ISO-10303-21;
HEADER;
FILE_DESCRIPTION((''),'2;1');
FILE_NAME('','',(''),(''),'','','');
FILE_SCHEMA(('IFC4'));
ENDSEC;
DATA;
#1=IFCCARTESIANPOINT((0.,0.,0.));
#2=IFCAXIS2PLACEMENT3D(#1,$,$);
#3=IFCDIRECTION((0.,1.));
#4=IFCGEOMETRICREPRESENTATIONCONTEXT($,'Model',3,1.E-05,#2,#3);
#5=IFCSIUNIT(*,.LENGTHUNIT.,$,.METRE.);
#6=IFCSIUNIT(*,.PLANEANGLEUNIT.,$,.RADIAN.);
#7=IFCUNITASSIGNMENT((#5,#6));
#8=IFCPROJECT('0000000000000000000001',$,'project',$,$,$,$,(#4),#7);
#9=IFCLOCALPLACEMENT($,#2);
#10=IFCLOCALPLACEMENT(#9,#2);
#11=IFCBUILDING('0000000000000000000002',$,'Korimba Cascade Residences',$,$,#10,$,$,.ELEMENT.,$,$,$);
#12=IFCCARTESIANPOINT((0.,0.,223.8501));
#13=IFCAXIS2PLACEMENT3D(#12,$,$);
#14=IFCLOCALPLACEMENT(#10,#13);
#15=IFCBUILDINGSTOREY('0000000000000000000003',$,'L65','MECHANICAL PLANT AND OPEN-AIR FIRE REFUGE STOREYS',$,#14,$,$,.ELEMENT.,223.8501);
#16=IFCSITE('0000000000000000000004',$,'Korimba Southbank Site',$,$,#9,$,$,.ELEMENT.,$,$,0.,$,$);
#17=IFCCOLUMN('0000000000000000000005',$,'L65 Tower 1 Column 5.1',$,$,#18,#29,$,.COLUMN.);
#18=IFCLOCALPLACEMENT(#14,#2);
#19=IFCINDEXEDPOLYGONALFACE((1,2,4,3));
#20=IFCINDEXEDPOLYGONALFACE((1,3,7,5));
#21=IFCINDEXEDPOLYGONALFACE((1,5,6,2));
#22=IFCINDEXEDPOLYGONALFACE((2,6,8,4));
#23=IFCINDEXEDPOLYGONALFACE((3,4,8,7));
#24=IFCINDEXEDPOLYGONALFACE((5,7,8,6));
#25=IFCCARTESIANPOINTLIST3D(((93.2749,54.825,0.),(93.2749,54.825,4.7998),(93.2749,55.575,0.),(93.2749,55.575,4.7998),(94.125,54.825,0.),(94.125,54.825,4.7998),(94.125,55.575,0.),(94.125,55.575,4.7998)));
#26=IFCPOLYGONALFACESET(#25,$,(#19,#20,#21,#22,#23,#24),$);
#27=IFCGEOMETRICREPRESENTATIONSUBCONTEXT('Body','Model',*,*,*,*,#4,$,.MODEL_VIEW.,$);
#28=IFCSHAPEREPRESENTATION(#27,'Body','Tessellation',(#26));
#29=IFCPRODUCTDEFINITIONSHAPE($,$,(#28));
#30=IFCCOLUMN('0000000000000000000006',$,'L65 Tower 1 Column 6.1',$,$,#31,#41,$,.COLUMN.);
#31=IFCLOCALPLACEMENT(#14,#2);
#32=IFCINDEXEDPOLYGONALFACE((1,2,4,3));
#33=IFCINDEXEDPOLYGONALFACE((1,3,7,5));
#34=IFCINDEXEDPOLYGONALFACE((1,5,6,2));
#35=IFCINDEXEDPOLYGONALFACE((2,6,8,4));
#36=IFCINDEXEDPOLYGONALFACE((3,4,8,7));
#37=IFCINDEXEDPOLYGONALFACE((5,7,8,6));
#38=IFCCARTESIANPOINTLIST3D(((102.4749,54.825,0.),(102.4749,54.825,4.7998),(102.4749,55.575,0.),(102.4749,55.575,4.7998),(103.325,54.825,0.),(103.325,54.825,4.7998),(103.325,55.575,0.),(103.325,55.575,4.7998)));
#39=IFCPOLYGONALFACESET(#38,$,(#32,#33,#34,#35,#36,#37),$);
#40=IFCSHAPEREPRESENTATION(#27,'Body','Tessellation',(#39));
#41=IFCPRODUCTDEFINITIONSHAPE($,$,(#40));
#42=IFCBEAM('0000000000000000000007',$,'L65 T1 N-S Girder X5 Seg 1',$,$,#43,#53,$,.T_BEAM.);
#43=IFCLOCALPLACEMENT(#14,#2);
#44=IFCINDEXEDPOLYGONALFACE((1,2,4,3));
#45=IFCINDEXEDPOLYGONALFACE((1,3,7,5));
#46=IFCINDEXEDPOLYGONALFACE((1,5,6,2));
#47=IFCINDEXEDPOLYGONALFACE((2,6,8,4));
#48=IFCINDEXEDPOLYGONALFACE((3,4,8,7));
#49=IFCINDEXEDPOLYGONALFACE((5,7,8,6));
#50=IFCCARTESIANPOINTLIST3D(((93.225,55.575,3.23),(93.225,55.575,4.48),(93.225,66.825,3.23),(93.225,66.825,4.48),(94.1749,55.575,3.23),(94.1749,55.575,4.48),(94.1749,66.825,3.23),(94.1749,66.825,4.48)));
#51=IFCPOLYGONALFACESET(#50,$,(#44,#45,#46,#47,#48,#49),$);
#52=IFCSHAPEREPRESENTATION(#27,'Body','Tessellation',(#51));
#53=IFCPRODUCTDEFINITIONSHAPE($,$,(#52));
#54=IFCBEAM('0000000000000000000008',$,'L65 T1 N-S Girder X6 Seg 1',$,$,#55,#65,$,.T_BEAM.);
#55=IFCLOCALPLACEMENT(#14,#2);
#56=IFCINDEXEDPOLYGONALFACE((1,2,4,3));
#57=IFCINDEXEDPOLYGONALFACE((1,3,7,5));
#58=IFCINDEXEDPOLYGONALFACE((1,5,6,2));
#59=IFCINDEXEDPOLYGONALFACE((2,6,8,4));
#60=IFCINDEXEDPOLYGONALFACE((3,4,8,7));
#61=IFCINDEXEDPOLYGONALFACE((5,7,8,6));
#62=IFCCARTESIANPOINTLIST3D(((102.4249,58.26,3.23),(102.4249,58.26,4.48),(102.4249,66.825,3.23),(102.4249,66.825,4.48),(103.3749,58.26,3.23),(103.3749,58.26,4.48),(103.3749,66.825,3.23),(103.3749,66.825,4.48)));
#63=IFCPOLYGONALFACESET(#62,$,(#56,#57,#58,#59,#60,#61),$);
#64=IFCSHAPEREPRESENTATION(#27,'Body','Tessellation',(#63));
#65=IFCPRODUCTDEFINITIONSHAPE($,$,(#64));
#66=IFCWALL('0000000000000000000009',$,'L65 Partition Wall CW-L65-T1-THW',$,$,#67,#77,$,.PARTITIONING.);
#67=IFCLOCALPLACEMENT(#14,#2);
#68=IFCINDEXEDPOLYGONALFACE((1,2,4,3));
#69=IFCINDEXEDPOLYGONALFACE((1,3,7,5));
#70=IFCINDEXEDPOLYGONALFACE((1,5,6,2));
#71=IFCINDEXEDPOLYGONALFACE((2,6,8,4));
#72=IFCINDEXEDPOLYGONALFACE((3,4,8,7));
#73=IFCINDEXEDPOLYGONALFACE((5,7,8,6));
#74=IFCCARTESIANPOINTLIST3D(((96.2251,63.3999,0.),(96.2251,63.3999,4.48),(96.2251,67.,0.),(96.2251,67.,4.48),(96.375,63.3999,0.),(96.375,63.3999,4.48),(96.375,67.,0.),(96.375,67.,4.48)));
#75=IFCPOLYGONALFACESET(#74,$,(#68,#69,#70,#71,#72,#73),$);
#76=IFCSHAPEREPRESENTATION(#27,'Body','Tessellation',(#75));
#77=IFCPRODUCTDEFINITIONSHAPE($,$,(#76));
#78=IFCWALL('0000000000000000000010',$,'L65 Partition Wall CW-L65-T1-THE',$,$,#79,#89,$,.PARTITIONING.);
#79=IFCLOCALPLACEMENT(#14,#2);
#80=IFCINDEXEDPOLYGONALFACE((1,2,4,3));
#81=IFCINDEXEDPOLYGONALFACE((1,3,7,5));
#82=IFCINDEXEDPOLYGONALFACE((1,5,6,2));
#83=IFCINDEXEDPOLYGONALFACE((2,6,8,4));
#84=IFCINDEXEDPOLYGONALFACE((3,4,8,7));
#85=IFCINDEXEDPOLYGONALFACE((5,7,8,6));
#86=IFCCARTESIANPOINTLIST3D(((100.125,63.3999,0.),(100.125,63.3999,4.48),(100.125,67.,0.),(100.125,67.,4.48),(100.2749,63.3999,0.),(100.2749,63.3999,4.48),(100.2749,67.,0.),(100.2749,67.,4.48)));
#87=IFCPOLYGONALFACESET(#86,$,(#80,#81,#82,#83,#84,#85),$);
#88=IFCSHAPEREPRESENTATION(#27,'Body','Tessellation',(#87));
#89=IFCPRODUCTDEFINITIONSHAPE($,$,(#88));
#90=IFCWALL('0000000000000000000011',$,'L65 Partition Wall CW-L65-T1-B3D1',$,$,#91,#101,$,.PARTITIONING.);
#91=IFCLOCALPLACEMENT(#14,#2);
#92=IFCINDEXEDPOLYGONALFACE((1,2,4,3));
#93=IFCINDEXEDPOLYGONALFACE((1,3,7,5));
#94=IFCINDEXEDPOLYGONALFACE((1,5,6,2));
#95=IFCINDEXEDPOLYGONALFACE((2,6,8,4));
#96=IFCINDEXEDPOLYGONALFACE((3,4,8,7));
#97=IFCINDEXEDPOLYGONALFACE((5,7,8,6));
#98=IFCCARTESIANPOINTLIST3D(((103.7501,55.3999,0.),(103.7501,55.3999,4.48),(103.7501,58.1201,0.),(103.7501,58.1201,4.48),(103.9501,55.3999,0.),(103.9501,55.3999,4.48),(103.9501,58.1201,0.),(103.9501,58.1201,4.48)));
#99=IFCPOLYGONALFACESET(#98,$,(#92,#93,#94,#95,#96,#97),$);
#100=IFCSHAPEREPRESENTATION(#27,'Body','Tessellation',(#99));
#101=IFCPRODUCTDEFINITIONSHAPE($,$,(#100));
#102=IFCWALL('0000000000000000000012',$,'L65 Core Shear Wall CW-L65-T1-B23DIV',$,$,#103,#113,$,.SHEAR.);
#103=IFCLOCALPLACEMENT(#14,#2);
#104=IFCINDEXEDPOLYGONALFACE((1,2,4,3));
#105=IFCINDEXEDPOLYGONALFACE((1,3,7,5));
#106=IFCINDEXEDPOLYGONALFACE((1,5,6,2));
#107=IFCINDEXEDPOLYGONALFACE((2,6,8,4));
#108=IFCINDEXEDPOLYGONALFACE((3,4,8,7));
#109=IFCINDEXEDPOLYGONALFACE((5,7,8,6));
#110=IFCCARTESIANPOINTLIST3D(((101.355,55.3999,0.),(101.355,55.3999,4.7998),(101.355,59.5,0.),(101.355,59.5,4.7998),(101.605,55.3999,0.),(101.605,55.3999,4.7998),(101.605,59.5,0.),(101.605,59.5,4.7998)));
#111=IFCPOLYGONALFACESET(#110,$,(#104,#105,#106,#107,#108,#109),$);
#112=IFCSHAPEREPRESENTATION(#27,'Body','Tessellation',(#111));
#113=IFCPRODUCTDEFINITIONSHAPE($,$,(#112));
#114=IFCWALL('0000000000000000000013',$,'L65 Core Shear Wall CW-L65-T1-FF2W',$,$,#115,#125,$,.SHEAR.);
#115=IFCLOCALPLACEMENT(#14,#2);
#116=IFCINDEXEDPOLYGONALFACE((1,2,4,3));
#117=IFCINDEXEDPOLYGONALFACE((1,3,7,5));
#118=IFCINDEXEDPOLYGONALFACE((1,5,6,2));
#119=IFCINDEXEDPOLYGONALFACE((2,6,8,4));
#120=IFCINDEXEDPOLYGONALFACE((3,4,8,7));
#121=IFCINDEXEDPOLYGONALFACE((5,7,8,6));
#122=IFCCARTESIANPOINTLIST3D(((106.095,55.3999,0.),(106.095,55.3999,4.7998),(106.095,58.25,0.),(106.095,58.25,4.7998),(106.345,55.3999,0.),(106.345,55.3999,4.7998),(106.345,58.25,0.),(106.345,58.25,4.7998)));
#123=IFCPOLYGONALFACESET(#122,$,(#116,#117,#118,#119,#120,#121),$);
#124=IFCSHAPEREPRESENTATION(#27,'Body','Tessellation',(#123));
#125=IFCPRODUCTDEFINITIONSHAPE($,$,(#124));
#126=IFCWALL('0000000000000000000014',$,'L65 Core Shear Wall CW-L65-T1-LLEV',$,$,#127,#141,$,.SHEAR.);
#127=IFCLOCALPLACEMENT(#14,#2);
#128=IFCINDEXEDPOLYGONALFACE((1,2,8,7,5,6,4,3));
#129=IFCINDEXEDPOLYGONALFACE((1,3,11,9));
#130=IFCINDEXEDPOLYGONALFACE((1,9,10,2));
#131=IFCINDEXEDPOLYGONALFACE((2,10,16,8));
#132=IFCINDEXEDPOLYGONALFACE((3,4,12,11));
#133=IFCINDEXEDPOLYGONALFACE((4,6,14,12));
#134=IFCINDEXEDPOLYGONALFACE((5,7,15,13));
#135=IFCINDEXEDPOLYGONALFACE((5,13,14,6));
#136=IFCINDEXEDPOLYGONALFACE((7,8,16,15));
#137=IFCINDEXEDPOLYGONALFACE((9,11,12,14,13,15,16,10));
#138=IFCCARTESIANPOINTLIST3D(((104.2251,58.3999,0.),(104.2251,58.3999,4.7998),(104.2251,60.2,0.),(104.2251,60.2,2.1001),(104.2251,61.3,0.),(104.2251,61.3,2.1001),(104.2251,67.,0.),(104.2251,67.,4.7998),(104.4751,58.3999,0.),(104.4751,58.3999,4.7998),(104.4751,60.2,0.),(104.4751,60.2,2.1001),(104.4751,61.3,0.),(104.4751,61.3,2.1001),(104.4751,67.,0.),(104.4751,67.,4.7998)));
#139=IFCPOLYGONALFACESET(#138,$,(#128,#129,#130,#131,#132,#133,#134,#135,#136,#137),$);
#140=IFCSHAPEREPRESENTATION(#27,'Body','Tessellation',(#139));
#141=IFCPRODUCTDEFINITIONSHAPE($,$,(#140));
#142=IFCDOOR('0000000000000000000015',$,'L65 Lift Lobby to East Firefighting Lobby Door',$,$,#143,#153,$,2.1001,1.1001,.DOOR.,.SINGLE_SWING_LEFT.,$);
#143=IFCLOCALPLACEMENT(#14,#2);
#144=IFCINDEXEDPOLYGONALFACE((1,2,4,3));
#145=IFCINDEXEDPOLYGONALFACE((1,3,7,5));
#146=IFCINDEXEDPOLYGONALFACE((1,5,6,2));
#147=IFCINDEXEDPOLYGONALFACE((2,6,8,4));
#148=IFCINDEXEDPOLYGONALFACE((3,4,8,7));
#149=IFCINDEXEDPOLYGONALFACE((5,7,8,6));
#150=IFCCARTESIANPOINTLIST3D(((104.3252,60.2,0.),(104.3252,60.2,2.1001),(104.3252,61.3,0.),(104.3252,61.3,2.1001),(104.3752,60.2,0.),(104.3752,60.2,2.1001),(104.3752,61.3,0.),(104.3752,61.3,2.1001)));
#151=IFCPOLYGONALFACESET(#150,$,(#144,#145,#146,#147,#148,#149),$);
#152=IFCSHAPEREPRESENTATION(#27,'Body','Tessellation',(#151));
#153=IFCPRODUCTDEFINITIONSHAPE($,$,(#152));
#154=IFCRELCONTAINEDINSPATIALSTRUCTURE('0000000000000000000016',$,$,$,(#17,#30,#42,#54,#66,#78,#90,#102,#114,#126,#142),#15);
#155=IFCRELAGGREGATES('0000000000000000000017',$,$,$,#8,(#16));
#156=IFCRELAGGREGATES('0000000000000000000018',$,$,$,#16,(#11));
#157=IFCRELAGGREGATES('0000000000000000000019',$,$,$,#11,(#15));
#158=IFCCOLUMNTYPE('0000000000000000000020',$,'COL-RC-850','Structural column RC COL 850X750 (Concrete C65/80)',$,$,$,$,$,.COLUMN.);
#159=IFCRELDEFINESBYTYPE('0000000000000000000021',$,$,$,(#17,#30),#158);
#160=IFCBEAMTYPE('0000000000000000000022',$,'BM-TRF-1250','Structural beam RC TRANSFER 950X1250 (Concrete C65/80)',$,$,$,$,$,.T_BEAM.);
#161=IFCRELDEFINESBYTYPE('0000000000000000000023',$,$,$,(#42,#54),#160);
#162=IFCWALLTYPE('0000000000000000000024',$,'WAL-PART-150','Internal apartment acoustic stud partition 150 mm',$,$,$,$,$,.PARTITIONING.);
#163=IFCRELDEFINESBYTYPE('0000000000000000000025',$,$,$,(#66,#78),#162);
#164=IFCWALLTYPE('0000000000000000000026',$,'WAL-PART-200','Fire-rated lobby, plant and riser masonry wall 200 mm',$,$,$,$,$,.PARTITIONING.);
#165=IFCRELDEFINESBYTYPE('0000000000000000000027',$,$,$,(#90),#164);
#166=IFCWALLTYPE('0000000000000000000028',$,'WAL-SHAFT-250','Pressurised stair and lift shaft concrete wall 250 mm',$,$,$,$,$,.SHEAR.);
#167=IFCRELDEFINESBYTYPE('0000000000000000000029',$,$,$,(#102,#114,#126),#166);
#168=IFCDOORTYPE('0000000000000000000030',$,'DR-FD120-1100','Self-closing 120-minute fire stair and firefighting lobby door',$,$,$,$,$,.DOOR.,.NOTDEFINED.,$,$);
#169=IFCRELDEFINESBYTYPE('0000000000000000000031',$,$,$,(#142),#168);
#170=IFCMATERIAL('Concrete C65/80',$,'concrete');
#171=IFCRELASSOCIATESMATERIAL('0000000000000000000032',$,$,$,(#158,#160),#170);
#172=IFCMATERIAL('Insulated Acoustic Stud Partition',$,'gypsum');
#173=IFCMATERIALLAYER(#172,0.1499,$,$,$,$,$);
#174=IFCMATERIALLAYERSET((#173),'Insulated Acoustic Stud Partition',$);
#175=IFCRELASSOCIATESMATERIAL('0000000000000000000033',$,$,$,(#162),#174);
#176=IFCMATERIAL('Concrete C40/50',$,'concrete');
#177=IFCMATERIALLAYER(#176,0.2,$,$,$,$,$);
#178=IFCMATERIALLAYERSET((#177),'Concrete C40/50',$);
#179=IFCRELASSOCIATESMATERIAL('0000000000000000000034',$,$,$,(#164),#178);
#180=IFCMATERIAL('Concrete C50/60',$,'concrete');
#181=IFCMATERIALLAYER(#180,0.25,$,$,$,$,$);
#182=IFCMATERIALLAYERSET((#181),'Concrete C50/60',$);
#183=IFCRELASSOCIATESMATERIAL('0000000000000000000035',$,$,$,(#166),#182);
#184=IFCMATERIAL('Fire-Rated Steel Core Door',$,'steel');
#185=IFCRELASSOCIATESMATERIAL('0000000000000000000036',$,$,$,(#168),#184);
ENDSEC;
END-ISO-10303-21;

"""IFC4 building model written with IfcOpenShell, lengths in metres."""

from ifc_helpers import new_model, si_unit, direction, frame, frame_2d, origin, origin_2d, place, context, subcontext, project, spatial, rectangle, extrude, material, layer, layer_set, material_profile, profile_set, type_object, element, fill, save


model = new_model("IFC4")

# Units and contexts
model_context = context("Model", 3, precision=1e-05, world=origin(), true_north=direction((0.0, 1.0)))
body_context = subcontext(model_context, "Body", "Model", "MODEL_VIEW")
ifc_project = project(units=[si_unit("LENGTHUNIT", "METRE"), si_unit("PLANEANGLEUNIT", "RADIAN")], contexts=[model_context])

# Site, building, storey
site_placement = place(None, origin())
site = spatial("IfcSite", under=ifc_project, at=site_placement, Name="Korimba Southbank Site", CompositionType="ELEMENT", RefElevation=0.0)
building_placement = place(site_placement, origin())
building = spatial("IfcBuilding", under=site, at=building_placement, Name="Korimba Cascade Residences", CompositionType="ELEMENT")
storey_placement = place(building_placement, frame((0.0, 0.0, 223.8501)))
storey = spatial("IfcBuildingStorey", under=building, at=storey_placement, Name="L65", Description="MECHANICAL PLANT AND OPEN-AIR FIRE REFUGE STOREYS", CompositionType="ELEMENT", Elevation=223.8501)

# Columns
ifc_material_1 = material(Name="Concrete C65/80", Category="concrete")
ifc_material_profile_1 = material_profile(ifc_material_1, rectangle(XDim=0.8501, YDim=0.75, at=origin_2d()), Name="Concrete C65/80")
ifc_profile_set_1 = profile_set([ifc_material_profile_1], Name="Concrete C65/80")
column_type = type_object("IfcColumnType", Name="COL-RC-850", Description="Structural column RC COL 850X750 (Concrete C65/80)", PredefinedType="COLUMN", material=ifc_profile_set_1)
for number, where, z_axis, x_axis, name in (
    (1, (93.7, 55.2, 0.0), (0.0, 0.0, 1.0), (1.0, 0.0, 0.0), "L65 Tower 1 Column 5.1"),
    (2, (102.8999, 55.2, 0.0), (0.0, 0.0, 1.0), (1.0, 0.0, 0.0), "L65 Tower 1 Column 6.1"),
):
    element("IfcColumn", number, at=place(storey_placement, frame(where, z_axis=z_axis, x_axis=x_axis)), inside=storey, type_object=column_type, Name=name, PredefinedType="COLUMN", context=body_context, shape_type="SweptSolid", body=[
        extrude(rectangle(XDim=0.8501, YDim=0.75, at=origin_2d()), origin(), (0.0, 0.0, 1.0), 4.7998),
    ])

# Beams
ifc_material_profile_2 = material_profile(ifc_material_1, rectangle(XDim=0.95, YDim=1.25, at=origin_2d()), Name="Concrete C65/80")
ifc_profile_set_2 = profile_set([ifc_material_profile_2], Name="Concrete C65/80")
beam_type = type_object("IfcBeamType", Name="BM-TRF-1250", Description="Structural beam RC TRANSFER 950X1250 (Concrete C65/80)", PredefinedType="T_BEAM", material=ifc_profile_set_2)
beam_1_placement = place(storey_placement, frame((93.7, 55.575, 3.855), z_axis=(0.0, 1.0, 0.0), x_axis=(-1.0, 0.0, 0.0)))
element("IfcBeam", 3, at=beam_1_placement, inside=storey, type_object=beam_type, Name="L65 T1 N-S Girder X5 Seg 1", PredefinedType="T_BEAM", context=body_context, shape_type="SweptSolid", body=[
    extrude(rectangle(XDim=0.95, YDim=1.25, at=origin_2d()), origin(), (0.0, 0.0, 1.0), 11.25),
])
beam_2_placement = place(storey_placement, frame((102.8999, 58.26, 3.855), z_axis=(0.0, 1.0, 0.0), x_axis=(-1.0, 0.0, 0.0)))
element("IfcBeam", 4, at=beam_2_placement, inside=storey, type_object=beam_type, Name="L65 T1 N-S Girder X6 Seg 1", PredefinedType="T_BEAM", context=body_context, shape_type="SweptSolid", body=[
    extrude(rectangle(XDim=0.95, YDim=1.25, at=origin_2d()), origin(), (0.0, 0.0, 1.0), 8.5649),
])

# Walls
ifc_material_2 = material(Name="Insulated Acoustic Stud Partition", Category="gypsum")
ifc_layer_1 = layer(ifc_material_2, 0.1499)
ifc_layer_set_1 = layer_set([ifc_layer_1], Name="Insulated Acoustic Stud Partition")
wall_type_1 = type_object("IfcWallType", Name="WAL-PART-150", Description="Internal apartment acoustic stud partition 150 mm", PredefinedType="PARTITIONING", material=ifc_layer_set_1)
for number, where, z_axis, x_axis, name in (
    (5, (96.3, 63.3999, 0.0), (0.0, 0.0, 1.0), (0.0, 1.0, 0.0), "L65 Partition Wall CW-L65-T1-THW"),
    (6, (100.2, 63.3999, 0.0), (0.0, 0.0, 1.0), (0.0, 1.0, 0.0), "L65 Partition Wall CW-L65-T1-THE"),
):
    element("IfcWall", number, at=place(storey_placement, frame(where, z_axis=z_axis, x_axis=x_axis)), inside=storey, type_object=wall_type_1, Name=name, PredefinedType="PARTITIONING", context=body_context, shape_type="SweptSolid", body=[
        extrude(rectangle(XDim=3.6001, YDim=0.1499, at=frame_2d((1.8, 0.0))), origin(), (0.0, 0.0, 1.0), 4.48),
    ])
ifc_material_3 = material(Name="Concrete C40/50", Category="concrete")
ifc_layer_2 = layer(ifc_material_3, 0.2)
ifc_layer_set_2 = layer_set([ifc_layer_2], Name="Concrete C40/50")
wall_type_2 = type_object("IfcWallType", Name="WAL-PART-200", Description="Fire-rated lobby, plant and riser masonry wall 200 mm", PredefinedType="PARTITIONING", material=ifc_layer_set_2)
wall_1_placement = place(storey_placement, frame((103.8501, 55.3999, 0.0), z_axis=(0.0, 0.0, 1.0), x_axis=(0.0, 1.0, 0.0)))
element("IfcWall", 7, at=wall_1_placement, inside=storey, type_object=wall_type_2, Name="L65 Partition Wall CW-L65-T1-B3D1", PredefinedType="PARTITIONING", context=body_context, shape_type="SweptSolid", body=[
    extrude(rectangle(XDim=2.7202, YDim=0.2, at=frame_2d((1.3601, 0.0))), origin(), (0.0, 0.0, 1.0), 4.48),
])
ifc_material_4 = material(Name="Concrete C50/60", Category="concrete")
ifc_layer_3 = layer(ifc_material_4, 0.25)
ifc_layer_set_3 = layer_set([ifc_layer_3], Name="Concrete C50/60")
wall_type_3 = type_object("IfcWallType", Name="WAL-SHAFT-250", Description="Pressurised stair and lift shaft concrete wall 250 mm", PredefinedType="SHEAR", material=ifc_layer_set_3)
wall_2_placement = place(storey_placement, frame((101.48, 55.3999, 0.0), z_axis=(0.0, 0.0, 1.0), x_axis=(0.0, 1.0, 0.0)))
element("IfcWall", 8, at=wall_2_placement, inside=storey, type_object=wall_type_3, Name="L65 Core Shear Wall CW-L65-T1-B23DIV", PredefinedType="SHEAR", context=body_context, shape_type="SweptSolid", body=[
    extrude(rectangle(XDim=4.1001, YDim=0.25, at=frame_2d((2.05, 0.0))), origin(), (0.0, 0.0, 1.0), 4.7998),
])

# Wall
wall_3_placement = place(storey_placement, frame((106.22, 55.3999, 0.0), z_axis=(0.0, 0.0, 1.0), x_axis=(0.0, 1.0, 0.0)))
element("IfcWall", 9, at=wall_3_placement, inside=storey, type_object=wall_type_3, Name="L65 Core Shear Wall CW-L65-T1-FF2W", PredefinedType="SHEAR", context=body_context, shape_type="SweptSolid", body=[
    extrude(rectangle(XDim=2.8501, YDim=0.25, at=frame_2d((1.425, 0.0))), origin(), (0.0, 0.0, 1.0), 4.7998),
])

# Wall, opening, door
wall_4_placement = place(storey_placement, frame((104.3501, 58.3999, 0.0), z_axis=(0.0, 0.0, 1.0), x_axis=(0.0, 1.0, 0.0)))
wall_4 = element("IfcWall", 10, at=wall_4_placement, inside=storey, type_object=wall_type_3, Name="L65 Core Shear Wall CW-L65-T1-LLEV", PredefinedType="SHEAR", context=body_context, shape_type="SweptSolid", body=[
    extrude(rectangle(XDim=8.6001, YDim=0.25, at=frame_2d((4.3, 0.0))), origin(), (0.0, 0.0, 1.0), 4.7998),
])
opening_1_placement = place(wall_4_placement, frame((1.8, 0.0, 0.0)))
opening_1 = element("IfcOpeningElement", 11, at=opening_1_placement, cuts=wall_4, PredefinedType="OPENING", context=body_context, shape_type="SweptSolid", body=[
    extrude(rectangle(XDim=1.1001, YDim=2.1001, at=frame_2d((0.55, 1.05))), frame((0.0, 0.135, 0.0), z_axis=(0.0, -1.0, 0.0), x_axis=(1.0, 0.0, 0.0)), (0.0, 0.0, 1.0), 0.27),
])
ifc_material_5 = material(Name="Fire-Rated Steel Core Door", Category="steel")
door_type_1 = type_object("IfcDoorType", Name="DR-FD120-1100", Description="Self-closing 120-minute fire stair and firefighting lobby door", OperationType="NOTDEFINED", PredefinedType="DOOR", material=ifc_material_5)
door_1_placement = place(opening_1_placement, origin())
door_1 = element("IfcDoor", 12, at=door_1_placement, inside=storey, type_object=door_type_1, Name="L65 Lift Lobby to East Firefighting Lobby Door", OperationType="SINGLE_SWING_LEFT", OverallHeight=2.1001, OverallWidth=1.1001, PredefinedType="DOOR", context=body_context, shape_type="SweptSolid", body=[
    extrude(rectangle(XDim=1.1001, YDim=2.1001, at=frame_2d((0.55, 1.05))), frame((0.0, 0.0249, 0.0), z_axis=(0.0, -1.0, 0.0), x_axis=(1.0, 0.0, 0.0)), (0.0, 0.0, 1.0), 0.05),
])
fill(opening_1, door_1)

save(model, "model.ifc")
